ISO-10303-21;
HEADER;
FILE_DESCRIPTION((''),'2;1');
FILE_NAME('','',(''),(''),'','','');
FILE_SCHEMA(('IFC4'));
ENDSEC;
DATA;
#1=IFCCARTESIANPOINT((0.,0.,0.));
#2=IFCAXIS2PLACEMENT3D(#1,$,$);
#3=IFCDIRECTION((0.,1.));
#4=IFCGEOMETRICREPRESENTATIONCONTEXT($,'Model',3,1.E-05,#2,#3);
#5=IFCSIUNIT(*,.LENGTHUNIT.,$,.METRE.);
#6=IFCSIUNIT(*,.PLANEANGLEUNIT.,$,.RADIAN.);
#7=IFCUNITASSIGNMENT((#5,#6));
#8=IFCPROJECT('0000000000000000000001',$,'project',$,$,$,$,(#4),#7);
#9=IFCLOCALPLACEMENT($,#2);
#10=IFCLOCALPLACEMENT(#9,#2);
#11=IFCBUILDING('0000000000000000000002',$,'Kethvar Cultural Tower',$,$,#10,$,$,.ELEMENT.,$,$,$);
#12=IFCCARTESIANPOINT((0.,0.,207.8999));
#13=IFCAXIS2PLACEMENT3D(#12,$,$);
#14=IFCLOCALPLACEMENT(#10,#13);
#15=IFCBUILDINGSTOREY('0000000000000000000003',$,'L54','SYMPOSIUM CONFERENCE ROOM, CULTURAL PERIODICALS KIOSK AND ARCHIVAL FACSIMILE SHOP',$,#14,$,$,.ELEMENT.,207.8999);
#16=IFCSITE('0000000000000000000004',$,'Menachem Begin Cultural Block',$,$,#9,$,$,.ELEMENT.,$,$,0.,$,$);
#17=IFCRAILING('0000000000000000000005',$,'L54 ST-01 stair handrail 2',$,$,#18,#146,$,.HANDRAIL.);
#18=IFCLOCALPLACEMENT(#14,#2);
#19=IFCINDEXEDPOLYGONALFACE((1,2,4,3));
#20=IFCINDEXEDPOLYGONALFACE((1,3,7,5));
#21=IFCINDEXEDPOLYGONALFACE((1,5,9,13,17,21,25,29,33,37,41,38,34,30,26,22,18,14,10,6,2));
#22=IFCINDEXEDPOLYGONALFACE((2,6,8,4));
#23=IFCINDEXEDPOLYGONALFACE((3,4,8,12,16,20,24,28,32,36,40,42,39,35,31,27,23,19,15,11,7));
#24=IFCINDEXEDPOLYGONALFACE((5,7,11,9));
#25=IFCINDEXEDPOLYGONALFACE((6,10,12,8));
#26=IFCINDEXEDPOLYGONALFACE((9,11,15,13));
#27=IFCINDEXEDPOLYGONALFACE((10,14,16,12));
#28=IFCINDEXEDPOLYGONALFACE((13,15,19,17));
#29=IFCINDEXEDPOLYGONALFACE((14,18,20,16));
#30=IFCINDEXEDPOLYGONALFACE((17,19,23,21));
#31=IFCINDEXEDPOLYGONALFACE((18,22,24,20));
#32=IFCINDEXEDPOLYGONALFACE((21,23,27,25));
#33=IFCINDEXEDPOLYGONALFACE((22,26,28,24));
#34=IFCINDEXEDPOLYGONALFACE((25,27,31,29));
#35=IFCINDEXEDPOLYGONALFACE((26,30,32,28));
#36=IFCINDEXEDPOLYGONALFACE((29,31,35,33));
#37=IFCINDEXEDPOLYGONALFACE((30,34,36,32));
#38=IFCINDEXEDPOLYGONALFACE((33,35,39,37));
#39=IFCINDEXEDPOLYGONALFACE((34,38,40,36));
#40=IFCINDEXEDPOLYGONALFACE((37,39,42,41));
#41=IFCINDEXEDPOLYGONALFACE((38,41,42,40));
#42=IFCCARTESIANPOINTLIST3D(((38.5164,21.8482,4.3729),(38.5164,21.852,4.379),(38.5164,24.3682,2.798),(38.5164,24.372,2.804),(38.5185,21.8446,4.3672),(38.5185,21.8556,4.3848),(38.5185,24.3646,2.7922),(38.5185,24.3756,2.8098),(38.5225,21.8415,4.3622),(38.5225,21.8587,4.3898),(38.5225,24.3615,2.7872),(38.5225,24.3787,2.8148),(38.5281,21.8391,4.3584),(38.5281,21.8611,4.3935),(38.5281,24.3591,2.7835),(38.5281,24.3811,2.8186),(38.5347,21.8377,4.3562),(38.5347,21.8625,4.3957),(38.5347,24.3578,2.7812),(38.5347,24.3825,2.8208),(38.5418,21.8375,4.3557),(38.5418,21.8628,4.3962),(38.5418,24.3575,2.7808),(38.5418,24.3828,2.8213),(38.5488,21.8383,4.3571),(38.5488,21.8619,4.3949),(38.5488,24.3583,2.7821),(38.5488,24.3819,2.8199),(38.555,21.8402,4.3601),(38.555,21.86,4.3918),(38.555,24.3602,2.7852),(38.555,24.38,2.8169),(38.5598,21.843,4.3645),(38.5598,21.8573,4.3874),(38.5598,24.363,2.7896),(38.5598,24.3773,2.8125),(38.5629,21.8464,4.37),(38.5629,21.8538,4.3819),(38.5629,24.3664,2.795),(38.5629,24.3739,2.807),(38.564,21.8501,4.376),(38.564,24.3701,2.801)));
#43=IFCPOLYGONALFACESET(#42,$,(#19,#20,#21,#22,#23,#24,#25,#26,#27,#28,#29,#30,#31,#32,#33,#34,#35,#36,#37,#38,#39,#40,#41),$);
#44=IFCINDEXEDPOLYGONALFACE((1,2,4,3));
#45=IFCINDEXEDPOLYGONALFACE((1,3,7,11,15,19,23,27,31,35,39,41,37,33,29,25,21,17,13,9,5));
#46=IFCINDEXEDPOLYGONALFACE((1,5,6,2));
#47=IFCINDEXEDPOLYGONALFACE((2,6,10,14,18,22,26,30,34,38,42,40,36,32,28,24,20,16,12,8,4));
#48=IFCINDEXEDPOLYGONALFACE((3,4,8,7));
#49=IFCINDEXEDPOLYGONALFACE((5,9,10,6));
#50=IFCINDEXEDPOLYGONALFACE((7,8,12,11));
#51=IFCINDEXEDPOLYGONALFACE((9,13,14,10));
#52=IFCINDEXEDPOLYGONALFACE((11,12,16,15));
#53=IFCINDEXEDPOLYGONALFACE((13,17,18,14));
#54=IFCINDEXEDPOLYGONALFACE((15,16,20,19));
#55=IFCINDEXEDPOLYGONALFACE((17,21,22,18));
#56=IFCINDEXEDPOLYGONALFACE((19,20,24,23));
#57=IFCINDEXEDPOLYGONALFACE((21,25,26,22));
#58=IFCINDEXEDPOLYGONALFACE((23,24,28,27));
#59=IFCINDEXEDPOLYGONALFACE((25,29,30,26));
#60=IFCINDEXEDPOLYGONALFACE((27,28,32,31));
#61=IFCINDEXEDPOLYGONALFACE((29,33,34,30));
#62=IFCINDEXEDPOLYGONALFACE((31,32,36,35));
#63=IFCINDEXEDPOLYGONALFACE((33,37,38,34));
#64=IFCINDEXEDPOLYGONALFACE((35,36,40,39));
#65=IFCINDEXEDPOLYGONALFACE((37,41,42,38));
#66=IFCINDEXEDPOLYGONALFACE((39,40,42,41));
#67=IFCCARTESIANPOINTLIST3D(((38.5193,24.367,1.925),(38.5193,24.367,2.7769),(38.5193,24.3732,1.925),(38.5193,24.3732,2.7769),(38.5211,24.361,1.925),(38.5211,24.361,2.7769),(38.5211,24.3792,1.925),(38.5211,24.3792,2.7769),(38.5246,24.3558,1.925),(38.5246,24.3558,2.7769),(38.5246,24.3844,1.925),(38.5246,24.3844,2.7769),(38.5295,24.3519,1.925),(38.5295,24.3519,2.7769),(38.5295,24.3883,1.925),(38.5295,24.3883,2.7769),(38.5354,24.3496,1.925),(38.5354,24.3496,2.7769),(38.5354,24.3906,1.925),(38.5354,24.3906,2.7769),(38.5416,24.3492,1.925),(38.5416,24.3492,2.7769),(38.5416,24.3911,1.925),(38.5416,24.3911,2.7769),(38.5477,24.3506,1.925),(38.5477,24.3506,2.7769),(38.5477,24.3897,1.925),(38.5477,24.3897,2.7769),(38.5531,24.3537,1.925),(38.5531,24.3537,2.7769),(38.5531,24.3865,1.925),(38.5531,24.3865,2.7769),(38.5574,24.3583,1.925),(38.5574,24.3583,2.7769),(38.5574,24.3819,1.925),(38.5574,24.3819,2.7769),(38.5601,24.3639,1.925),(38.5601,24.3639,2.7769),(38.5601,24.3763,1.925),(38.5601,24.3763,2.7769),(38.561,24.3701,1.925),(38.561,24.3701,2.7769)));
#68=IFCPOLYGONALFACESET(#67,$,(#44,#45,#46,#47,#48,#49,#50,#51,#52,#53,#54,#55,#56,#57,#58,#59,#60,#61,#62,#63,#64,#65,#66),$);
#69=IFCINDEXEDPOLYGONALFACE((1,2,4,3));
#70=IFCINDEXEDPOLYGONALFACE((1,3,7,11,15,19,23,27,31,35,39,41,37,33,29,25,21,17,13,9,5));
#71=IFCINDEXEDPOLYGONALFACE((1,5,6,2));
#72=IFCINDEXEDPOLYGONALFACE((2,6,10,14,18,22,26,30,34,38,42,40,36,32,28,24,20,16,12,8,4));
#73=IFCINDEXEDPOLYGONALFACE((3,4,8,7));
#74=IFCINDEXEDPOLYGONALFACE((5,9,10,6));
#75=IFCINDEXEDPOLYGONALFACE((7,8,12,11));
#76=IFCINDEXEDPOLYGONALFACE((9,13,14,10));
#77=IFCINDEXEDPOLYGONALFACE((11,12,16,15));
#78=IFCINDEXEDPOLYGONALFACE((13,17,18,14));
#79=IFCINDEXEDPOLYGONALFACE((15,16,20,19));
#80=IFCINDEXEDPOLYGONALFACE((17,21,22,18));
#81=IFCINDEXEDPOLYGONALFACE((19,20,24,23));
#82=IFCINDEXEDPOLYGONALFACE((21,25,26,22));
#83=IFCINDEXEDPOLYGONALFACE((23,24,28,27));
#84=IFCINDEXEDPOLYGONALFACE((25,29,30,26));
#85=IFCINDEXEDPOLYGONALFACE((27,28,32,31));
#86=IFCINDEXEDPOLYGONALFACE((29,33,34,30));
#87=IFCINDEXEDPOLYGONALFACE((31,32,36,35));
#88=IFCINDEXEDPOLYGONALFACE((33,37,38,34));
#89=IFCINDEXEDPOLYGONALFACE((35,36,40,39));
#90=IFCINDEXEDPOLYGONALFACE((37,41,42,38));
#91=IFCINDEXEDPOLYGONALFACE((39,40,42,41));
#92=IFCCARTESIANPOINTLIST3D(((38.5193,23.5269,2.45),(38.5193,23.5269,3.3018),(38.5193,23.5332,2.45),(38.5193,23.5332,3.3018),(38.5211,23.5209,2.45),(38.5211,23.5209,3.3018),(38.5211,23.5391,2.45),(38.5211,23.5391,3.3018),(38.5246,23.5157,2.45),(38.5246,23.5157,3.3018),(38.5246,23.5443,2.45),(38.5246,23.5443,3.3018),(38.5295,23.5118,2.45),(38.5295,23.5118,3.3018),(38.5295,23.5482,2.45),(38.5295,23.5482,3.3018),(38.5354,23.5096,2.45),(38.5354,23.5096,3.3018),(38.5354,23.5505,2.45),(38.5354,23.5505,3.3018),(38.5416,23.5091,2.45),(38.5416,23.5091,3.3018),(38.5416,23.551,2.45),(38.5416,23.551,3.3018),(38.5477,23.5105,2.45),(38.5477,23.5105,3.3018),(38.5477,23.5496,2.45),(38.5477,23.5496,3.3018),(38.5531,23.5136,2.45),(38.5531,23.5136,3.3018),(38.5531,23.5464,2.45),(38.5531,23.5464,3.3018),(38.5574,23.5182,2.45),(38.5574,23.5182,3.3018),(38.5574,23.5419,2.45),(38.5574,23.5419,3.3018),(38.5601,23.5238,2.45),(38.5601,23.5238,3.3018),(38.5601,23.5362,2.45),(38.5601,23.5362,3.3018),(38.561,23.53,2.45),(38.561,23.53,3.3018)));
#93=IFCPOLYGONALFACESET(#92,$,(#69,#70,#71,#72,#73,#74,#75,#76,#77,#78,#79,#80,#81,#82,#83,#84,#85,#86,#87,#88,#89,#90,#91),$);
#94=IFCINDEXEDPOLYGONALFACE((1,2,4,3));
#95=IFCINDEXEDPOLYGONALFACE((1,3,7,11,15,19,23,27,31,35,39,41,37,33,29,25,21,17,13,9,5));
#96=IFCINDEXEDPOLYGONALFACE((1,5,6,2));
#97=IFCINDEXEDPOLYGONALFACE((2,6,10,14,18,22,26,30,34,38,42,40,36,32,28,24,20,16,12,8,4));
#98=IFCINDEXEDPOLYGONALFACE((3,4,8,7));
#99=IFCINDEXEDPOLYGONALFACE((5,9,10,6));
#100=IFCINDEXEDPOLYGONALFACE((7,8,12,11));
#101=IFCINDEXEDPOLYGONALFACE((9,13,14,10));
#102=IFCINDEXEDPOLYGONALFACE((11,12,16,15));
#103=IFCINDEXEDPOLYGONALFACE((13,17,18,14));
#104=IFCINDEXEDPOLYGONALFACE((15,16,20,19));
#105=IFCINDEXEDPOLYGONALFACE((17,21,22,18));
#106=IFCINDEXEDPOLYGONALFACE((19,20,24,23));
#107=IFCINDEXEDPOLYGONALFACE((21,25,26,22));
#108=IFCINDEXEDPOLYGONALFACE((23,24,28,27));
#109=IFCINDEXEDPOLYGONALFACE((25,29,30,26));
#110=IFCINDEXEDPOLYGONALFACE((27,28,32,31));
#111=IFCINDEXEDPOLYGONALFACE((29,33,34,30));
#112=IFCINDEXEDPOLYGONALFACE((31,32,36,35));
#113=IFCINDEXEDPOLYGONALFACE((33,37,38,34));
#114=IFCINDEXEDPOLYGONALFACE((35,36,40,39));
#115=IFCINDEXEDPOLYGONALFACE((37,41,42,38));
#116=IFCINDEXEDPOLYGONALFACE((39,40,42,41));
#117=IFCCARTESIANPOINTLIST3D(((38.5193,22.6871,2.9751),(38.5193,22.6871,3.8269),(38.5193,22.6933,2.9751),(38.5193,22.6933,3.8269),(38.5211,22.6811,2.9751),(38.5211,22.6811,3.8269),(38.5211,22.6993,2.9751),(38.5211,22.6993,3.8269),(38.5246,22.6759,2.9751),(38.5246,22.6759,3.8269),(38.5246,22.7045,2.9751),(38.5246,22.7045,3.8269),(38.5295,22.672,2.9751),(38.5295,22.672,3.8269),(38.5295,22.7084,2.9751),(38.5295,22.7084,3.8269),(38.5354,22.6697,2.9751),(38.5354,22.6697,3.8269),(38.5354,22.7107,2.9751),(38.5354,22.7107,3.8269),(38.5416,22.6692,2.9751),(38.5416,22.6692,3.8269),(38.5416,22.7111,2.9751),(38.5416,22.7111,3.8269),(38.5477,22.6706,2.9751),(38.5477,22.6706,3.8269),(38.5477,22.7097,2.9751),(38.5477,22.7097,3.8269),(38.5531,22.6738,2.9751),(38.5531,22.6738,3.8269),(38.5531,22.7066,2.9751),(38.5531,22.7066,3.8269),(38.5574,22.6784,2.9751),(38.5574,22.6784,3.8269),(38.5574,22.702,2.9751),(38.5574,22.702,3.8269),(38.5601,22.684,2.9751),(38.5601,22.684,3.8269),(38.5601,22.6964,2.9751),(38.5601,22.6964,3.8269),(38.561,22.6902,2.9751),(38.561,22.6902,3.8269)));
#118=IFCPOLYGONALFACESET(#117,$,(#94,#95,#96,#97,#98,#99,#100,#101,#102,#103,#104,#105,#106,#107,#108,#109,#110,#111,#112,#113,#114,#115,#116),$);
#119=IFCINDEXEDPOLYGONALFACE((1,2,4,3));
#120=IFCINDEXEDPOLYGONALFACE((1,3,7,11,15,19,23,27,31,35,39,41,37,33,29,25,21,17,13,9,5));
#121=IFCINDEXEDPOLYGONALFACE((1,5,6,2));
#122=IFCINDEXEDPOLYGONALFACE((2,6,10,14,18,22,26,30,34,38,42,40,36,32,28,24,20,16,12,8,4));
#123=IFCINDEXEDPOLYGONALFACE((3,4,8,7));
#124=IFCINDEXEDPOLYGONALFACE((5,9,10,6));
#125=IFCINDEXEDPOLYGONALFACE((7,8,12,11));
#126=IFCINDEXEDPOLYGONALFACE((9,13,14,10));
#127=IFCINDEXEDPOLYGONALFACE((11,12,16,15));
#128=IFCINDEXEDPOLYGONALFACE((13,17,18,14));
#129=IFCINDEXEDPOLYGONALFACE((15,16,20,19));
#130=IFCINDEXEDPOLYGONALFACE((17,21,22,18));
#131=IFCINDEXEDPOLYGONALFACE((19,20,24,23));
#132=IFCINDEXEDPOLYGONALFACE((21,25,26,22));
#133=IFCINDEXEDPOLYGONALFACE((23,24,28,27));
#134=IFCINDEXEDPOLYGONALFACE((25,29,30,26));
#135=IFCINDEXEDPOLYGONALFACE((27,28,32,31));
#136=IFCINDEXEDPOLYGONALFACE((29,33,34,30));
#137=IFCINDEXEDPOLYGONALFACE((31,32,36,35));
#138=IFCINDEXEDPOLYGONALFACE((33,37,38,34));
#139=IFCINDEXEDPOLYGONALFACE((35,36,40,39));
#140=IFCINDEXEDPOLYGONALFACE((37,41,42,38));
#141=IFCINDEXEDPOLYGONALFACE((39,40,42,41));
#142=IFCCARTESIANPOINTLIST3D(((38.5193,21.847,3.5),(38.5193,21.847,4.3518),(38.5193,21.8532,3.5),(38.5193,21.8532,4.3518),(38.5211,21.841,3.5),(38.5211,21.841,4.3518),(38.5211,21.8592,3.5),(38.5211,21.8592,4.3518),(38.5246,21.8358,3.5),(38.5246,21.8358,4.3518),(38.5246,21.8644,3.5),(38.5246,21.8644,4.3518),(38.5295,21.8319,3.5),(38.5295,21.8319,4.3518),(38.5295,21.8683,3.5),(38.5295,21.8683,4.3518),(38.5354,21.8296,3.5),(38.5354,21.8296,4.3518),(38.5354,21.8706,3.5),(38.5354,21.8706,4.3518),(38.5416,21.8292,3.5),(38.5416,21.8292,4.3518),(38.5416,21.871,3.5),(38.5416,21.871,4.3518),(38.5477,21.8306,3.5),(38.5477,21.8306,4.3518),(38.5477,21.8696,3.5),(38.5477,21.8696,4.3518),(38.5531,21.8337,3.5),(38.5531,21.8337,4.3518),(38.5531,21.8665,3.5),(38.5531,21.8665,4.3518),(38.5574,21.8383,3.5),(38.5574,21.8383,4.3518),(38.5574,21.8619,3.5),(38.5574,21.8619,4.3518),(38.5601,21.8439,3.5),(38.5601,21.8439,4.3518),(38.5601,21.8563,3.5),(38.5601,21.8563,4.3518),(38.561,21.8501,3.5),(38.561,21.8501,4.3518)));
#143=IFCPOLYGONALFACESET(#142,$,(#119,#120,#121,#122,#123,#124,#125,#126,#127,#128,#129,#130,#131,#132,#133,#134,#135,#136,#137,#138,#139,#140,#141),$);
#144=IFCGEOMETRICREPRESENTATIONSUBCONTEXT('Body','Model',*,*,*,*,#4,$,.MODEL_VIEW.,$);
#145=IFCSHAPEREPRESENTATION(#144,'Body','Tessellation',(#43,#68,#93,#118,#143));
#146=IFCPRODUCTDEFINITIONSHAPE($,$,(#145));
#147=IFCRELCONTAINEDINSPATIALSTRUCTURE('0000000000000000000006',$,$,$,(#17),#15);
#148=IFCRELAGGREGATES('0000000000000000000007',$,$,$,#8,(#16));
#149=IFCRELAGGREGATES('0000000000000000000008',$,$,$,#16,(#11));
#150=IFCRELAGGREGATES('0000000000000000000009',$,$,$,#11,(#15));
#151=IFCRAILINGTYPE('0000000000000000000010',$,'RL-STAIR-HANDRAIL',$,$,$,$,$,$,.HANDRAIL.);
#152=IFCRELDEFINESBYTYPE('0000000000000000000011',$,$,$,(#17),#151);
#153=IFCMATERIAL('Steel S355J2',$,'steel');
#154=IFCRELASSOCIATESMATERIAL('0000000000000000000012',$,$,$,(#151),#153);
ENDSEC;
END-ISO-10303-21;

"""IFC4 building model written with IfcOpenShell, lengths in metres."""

from ifc_helpers import new_model, si_unit, direction, frame, origin, origin_2d, place, context, subcontext, project, spatial, circle, extrude, material, type_object, element, save


model = new_model("IFC4")

# Units and contexts
model_context = context("Model", 3, precision=1e-05, world=origin(), true_north=direction((0.0, 1.0)))
body_context = subcontext(model_context, "Body", "Model", "MODEL_VIEW")
ifc_project = project(units=[si_unit("LENGTHUNIT", "METRE"), si_unit("PLANEANGLEUNIT", "RADIAN")], contexts=[model_context])

# Site, building, storey
site_placement = place(None, origin())
site = spatial("IfcSite", under=ifc_project, at=site_placement, Name="Menachem Begin Cultural Block", CompositionType="ELEMENT", RefElevation=0.0)
building_placement = place(site_placement, origin())
building = spatial("IfcBuilding", under=site, at=building_placement, Name="Kethvar Cultural Tower", CompositionType="ELEMENT")
storey_placement = place(building_placement, frame((0.0, 0.0, 207.8999)))
storey = spatial("IfcBuildingStorey", under=building, at=storey_placement, Name="L54", Description="SYMPOSIUM CONFERENCE ROOM, CULTURAL PERIODICALS KIOSK AND ARCHIVAL FACSIMILE SHOP", CompositionType="ELEMENT", Elevation=207.8999)

# Shared definitions
ifc_material_1 = material(Name="Steel S355J2", Category="steel")

# Railing
railing_type_1 = type_object("IfcRailingType", Name="RL-STAIR-HANDRAIL", PredefinedType="HANDRAIL", material=ifc_material_1)
railing_1_placement = place(storey_placement, frame((38.54, 24.3701, 1.925)))
element("IfcRailing", 1, at=railing_1_placement, inside=storey, type_object=railing_type_1, Name="L54 ST-01 stair handrail 2", PredefinedType="HANDRAIL", context=body_context, shape_type="SweptSolid", body=[
    extrude(circle(Radius=0.0239, at=origin_2d()), frame((0.0, 0.0, 0.876), z_axis=(0.0, -0.848008, 0.529984), x_axis=(1.0, 0.0, 0.0)), (0.0, 0.0, 1.0), 2.9717),
    extrude(circle(Radius=0.021, at=origin_2d()), origin(), (0.0, 0.0, 1.0), 0.8518),
    extrude(circle(Radius=0.021, at=origin_2d()), frame((0.0, -0.8401, 0.5249)), (0.0, 0.0, 1.0), 0.8518),
    extrude(circle(Radius=0.021, at=origin_2d()), frame((0.0, -1.6799, 1.05)), (0.0, 0.0, 1.0), 0.8518),
    extrude(circle(Radius=0.021, at=origin_2d()), frame((0.0, -2.52, 1.575)), (0.0, 0.0, 1.0), 0.8518),
])

save(model, "model.ifc")
